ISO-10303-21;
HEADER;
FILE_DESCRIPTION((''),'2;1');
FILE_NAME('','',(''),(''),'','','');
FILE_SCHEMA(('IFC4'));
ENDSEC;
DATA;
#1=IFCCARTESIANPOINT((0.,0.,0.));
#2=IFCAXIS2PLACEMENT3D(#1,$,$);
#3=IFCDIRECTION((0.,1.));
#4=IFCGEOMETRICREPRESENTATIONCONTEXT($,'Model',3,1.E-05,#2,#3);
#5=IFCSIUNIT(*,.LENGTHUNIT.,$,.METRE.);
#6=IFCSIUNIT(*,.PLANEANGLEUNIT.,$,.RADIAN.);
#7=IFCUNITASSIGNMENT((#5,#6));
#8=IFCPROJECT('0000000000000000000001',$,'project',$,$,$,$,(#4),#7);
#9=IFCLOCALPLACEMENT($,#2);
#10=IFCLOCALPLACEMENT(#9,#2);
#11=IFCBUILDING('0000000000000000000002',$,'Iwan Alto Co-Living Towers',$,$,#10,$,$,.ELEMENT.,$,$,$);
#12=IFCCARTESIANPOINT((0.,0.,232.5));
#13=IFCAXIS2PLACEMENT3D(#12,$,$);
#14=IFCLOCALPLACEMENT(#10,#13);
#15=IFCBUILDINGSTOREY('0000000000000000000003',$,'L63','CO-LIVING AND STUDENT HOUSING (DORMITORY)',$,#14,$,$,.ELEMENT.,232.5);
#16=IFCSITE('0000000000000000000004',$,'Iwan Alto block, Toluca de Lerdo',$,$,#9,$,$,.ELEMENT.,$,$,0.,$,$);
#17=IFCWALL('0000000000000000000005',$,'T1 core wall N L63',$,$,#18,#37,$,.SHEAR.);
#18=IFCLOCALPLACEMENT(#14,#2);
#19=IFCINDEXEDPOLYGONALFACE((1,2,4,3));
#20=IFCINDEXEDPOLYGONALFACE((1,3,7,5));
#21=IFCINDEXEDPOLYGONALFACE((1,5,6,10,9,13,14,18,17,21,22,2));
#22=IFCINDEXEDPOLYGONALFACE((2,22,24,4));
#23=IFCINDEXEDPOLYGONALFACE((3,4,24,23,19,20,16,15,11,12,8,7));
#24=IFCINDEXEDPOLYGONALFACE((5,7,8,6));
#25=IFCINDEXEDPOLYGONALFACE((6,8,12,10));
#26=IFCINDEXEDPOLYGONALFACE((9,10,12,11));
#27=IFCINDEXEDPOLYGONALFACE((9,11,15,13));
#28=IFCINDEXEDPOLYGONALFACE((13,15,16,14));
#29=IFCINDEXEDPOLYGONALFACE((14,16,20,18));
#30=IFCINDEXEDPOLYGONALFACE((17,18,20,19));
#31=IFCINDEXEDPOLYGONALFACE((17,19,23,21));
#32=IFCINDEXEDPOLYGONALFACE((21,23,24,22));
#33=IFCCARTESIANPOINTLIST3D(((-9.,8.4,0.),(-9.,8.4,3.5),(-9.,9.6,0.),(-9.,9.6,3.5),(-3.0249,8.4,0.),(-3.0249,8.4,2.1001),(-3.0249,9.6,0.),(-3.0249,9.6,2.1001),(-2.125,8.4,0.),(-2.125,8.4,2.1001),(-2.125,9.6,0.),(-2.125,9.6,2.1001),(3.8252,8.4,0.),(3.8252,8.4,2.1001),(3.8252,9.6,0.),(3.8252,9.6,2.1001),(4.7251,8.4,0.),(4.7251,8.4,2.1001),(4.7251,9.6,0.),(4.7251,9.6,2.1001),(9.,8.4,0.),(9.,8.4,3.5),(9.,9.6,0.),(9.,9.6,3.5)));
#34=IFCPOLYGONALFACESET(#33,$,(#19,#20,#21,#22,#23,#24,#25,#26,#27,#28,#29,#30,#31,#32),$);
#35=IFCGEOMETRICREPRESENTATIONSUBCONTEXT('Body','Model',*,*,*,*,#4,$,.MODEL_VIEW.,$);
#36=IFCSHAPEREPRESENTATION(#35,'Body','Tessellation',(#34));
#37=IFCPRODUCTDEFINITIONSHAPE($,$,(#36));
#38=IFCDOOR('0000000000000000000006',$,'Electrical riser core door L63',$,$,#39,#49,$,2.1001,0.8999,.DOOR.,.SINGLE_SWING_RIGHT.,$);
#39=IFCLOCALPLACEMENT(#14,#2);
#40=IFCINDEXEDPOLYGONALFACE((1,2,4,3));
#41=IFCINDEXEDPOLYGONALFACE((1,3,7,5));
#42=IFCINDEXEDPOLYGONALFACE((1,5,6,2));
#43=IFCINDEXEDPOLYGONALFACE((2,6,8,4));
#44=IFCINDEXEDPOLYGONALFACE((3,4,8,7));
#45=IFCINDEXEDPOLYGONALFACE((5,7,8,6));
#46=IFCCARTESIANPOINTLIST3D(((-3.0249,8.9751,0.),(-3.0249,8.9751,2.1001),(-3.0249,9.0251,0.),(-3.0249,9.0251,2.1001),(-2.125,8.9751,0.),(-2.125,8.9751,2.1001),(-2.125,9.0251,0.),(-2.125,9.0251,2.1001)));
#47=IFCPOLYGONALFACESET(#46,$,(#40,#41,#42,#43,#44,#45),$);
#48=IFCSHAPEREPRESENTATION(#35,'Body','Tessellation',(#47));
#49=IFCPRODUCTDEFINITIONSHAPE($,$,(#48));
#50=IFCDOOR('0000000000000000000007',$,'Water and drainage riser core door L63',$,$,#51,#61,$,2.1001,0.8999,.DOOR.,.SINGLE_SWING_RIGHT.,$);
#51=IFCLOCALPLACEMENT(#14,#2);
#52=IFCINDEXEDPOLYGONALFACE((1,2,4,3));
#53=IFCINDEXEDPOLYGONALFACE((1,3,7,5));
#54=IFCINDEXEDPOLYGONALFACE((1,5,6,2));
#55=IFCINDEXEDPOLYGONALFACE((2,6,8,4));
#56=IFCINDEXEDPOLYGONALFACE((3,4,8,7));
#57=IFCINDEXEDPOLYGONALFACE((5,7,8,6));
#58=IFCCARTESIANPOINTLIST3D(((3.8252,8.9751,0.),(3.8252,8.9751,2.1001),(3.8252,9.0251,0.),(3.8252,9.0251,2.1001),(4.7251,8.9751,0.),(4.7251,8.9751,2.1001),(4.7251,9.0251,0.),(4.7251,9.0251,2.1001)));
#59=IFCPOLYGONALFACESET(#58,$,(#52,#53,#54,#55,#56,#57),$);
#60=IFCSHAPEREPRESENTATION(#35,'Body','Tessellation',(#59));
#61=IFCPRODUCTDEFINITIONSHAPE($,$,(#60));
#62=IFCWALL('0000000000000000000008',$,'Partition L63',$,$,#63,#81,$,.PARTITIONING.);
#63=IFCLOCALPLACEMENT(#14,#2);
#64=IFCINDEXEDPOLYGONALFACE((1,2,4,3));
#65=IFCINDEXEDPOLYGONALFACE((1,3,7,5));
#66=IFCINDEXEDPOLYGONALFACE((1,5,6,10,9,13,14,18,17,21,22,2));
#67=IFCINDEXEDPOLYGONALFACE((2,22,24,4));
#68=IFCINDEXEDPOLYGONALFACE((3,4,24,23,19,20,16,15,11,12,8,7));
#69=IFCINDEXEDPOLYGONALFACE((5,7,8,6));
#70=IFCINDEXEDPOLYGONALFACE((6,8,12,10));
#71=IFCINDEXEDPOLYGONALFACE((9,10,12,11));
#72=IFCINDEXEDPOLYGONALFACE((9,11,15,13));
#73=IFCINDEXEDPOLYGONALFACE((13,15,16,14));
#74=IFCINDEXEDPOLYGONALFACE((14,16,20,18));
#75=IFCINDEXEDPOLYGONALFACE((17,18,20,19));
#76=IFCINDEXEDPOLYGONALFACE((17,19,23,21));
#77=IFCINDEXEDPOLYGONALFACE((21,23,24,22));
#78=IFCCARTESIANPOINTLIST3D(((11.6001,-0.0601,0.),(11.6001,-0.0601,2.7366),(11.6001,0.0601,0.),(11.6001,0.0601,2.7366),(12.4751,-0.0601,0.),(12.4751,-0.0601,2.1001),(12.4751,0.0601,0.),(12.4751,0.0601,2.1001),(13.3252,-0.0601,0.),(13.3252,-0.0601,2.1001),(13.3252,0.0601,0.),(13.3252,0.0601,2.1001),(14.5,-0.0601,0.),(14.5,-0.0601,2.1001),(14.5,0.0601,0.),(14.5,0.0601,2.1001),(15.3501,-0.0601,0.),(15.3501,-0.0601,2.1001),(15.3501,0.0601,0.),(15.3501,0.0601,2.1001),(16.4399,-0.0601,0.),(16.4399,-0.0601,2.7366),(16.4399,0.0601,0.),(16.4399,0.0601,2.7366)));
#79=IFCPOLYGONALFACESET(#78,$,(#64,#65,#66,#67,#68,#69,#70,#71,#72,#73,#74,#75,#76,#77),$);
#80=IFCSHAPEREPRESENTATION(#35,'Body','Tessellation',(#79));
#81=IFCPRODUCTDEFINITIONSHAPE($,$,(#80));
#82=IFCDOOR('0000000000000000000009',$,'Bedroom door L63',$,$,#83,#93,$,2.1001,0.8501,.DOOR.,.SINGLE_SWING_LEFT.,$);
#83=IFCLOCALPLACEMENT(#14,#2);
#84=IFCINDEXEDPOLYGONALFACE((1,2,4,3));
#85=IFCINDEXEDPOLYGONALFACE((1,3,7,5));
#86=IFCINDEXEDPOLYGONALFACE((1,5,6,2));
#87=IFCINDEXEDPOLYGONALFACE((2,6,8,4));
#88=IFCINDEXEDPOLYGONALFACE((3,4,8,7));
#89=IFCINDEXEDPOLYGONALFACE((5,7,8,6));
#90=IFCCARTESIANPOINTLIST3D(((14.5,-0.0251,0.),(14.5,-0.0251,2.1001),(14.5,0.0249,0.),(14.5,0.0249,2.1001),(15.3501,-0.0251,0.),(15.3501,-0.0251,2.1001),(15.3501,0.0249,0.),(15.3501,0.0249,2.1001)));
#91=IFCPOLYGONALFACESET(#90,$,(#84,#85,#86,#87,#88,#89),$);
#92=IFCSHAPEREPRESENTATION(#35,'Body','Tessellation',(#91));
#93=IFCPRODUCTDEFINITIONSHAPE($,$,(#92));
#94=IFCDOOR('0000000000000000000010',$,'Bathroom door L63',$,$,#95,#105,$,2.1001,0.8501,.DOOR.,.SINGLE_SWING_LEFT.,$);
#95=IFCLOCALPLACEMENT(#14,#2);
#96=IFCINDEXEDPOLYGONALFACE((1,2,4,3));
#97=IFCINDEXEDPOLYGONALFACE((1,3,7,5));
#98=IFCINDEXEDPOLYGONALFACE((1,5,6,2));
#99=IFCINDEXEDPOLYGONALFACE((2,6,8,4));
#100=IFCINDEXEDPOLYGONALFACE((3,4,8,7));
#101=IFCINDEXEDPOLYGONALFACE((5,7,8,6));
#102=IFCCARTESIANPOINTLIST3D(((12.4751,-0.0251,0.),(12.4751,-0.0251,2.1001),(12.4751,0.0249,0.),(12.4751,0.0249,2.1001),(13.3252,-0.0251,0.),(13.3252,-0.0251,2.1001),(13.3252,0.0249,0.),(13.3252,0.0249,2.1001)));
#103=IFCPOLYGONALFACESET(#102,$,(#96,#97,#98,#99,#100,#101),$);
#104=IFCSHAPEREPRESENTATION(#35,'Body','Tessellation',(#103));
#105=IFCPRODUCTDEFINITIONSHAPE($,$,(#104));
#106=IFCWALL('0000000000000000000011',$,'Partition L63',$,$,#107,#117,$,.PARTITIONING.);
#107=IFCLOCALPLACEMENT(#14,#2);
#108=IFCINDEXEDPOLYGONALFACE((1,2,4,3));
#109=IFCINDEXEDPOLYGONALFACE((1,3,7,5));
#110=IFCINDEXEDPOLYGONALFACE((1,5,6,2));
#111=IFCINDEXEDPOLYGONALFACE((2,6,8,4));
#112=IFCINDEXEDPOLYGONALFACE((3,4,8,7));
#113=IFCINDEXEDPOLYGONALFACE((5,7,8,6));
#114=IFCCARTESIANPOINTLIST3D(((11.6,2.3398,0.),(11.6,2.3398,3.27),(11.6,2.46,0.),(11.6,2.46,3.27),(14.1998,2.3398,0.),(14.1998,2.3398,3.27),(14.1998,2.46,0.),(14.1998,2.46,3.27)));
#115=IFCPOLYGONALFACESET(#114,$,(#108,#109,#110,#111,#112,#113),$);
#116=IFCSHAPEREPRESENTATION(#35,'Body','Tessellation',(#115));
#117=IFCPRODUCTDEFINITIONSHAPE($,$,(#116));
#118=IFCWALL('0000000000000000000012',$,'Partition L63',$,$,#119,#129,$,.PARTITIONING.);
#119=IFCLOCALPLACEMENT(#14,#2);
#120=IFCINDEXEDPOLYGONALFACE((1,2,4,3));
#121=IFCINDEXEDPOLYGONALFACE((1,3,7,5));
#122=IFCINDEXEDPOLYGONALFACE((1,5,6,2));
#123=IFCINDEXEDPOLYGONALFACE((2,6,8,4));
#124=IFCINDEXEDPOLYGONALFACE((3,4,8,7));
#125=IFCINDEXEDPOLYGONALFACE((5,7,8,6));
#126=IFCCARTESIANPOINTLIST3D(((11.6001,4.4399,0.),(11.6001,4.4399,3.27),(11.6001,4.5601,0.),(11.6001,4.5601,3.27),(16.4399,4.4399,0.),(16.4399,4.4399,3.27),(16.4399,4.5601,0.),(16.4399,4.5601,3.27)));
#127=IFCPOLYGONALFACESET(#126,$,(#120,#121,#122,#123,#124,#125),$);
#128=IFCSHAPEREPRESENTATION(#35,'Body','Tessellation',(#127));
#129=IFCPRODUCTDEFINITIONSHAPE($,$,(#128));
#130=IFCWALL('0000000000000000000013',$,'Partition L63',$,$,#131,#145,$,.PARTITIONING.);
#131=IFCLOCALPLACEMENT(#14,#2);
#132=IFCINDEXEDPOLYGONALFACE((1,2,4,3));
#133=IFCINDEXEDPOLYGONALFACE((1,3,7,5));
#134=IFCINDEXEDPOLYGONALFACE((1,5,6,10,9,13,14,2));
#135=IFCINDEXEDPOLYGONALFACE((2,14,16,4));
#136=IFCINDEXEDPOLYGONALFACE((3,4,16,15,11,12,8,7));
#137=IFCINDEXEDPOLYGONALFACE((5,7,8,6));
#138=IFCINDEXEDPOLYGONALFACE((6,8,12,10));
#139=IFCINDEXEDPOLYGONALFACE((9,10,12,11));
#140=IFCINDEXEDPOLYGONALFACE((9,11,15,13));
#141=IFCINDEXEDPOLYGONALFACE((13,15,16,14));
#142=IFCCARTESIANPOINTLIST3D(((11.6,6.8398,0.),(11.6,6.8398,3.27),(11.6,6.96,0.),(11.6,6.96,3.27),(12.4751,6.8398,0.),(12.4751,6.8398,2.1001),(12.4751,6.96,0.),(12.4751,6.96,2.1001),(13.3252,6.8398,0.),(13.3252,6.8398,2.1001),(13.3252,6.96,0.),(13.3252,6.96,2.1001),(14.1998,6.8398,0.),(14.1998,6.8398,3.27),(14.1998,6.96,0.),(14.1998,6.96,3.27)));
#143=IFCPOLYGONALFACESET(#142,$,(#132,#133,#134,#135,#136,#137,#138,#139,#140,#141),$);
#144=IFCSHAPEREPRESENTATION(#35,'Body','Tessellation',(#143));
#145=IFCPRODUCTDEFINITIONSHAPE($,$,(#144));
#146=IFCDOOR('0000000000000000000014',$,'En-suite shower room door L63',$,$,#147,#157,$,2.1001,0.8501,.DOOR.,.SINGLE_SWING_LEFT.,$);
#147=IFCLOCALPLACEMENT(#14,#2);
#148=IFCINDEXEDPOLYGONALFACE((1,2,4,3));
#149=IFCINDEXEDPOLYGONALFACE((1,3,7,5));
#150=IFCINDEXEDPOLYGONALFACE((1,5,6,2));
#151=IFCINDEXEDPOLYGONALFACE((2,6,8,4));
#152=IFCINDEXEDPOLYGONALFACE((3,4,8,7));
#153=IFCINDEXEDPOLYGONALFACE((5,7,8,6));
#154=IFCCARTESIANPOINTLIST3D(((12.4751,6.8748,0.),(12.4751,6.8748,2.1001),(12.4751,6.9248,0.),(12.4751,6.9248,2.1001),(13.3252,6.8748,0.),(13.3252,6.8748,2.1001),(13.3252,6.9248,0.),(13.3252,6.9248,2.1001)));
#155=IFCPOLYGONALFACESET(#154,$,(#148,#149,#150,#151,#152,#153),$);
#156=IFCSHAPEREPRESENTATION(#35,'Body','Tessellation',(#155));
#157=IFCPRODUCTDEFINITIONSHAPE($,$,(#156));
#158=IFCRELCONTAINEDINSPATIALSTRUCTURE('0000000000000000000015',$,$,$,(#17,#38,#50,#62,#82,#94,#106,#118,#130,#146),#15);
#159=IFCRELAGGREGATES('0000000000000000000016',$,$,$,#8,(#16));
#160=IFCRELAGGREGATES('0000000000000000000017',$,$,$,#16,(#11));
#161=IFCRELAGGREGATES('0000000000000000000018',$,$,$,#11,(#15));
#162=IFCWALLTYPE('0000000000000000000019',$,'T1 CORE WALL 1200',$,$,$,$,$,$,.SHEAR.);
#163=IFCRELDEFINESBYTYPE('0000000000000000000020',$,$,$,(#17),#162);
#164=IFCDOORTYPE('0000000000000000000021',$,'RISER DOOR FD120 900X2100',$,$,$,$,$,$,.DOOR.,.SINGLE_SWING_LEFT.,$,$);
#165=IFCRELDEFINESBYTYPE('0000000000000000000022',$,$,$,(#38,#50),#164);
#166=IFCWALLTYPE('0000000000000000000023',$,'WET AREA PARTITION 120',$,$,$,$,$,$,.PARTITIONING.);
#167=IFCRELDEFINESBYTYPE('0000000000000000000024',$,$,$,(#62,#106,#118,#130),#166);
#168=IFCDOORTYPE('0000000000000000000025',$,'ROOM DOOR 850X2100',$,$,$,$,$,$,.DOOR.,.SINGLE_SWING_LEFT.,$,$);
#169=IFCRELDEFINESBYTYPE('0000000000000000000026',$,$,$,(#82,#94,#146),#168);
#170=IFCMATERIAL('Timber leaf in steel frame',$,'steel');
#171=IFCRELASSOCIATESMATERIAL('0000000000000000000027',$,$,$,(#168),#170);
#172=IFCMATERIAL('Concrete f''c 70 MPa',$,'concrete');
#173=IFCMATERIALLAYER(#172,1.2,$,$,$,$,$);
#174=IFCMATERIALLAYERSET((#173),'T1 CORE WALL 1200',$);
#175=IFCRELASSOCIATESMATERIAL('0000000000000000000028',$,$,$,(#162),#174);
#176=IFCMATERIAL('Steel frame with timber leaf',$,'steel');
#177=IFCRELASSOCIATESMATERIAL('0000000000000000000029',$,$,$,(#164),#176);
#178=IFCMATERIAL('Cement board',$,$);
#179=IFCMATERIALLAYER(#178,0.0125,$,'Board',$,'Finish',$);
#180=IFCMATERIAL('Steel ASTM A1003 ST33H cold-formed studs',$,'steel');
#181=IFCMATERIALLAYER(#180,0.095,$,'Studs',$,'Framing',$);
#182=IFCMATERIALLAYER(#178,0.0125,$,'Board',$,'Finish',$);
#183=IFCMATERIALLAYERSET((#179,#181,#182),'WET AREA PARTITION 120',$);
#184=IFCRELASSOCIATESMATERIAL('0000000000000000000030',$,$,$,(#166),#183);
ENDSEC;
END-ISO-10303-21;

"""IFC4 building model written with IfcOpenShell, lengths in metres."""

from ifc_helpers import new_model, si_unit, direction, frame, frame_2d, origin, place, context, subcontext, project, spatial, rectangle, extrude, material, layer, layer_set, type_object, element, fill, save


model = new_model("IFC4")

# Units and contexts
model_context = context("Model", 3, precision=1e-05, world=origin(), true_north=direction((0.0, 1.0)))
body_context = subcontext(model_context, "Body", "Model", "MODEL_VIEW")
ifc_project = project(units=[si_unit("LENGTHUNIT", "METRE"), si_unit("PLANEANGLEUNIT", "RADIAN")], contexts=[model_context])

# Site, building, storey
site_placement = place(None, origin())
site = spatial("IfcSite", under=ifc_project, at=site_placement, Name="Iwan Alto block, Toluca de Lerdo", CompositionType="ELEMENT", RefElevation=0.0)
building_placement = place(site_placement, origin())
building = spatial("IfcBuilding", under=site, at=building_placement, Name="Iwan Alto Co-Living Towers", CompositionType="ELEMENT")
storey_placement = place(building_placement, frame((0.0, 0.0, 232.5)))
storey = spatial("IfcBuildingStorey", under=building, at=storey_placement, Name="L63", Description="CO-LIVING AND STUDENT HOUSING (DORMITORY)", CompositionType="ELEMENT", Elevation=232.5)

# Shared definitions
ifc_material_1 = material(Name="Steel ASTM A1003 ST33H cold-formed studs", Category="steel")

# Shared definitions
ifc_material_2 = material(Name="Timber leaf in steel frame", Category="steel")
door_type_1 = type_object("IfcDoorType", Name="ROOM DOOR 850X2100", OperationType="SINGLE_SWING_LEFT", PredefinedType="DOOR", material=ifc_material_2)

# Walls, openings, doors
ifc_material_3 = material(Name="Concrete f'c 70 MPa", Category="concrete")
ifc_layer_1 = layer(ifc_material_3, 1.2)
ifc_layer_set_1 = layer_set([ifc_layer_1], Name="T1 CORE WALL 1200")
wall_type_1 = type_object("IfcWallType", Name="T1 CORE WALL 1200", PredefinedType="SHEAR", material=ifc_layer_set_1)
wall_1_placement = place(storey_placement, frame((9.0, 9.0, 0.0), z_axis=(0.0, 0.0, 1.0), x_axis=(-1.0, 0.0, 0.0)))
wall_1 = element("IfcWall", 1, at=wall_1_placement, inside=storey, type_object=wall_type_1, Name="T1 core wall N L63", PredefinedType="SHEAR", context=body_context, shape_type="SweptSolid", body=[
    extrude(rectangle(XDim=18.0, YDim=1.2, at=frame_2d((9.0, 0.0))), origin(), (0.0, 0.0, 1.0), 3.5),
])
opening_1_placement = place(wall_1_placement, frame((11.125, 0.0, 0.0)))
opening_1 = element("IfcOpeningElement", 2, at=opening_1_placement, cuts=wall_1, PredefinedType="OPENING", context=body_context, shape_type="SweptSolid", body=[
    extrude(rectangle(XDim=0.8999, YDim=2.1001, at=frame_2d((0.45, 1.05))), frame((0.0, 0.6099, 0.0), z_axis=(0.0, -1.0, 0.0), x_axis=(1.0, 0.0, 0.0)), (0.0, 0.0, 1.0), 1.22),
])
opening_2_placement = place(wall_1_placement, frame((4.2749, 0.0, 0.0)))
opening_2 = element("IfcOpeningElement", 3, at=opening_2_placement, cuts=wall_1, PredefinedType="OPENING", context=body_context, shape_type="SweptSolid", body=[
    extrude(rectangle(XDim=0.8999, YDim=2.1001, at=frame_2d((0.45, 1.05))), frame((0.0, 0.6099, 0.0), z_axis=(0.0, -1.0, 0.0), x_axis=(1.0, 0.0, 0.0)), (0.0, 0.0, 1.0), 1.22),
])
ifc_material_4 = material(Name="Steel frame with timber leaf", Category="steel")
door_type_2 = type_object("IfcDoorType", Name="RISER DOOR FD120 900X2100", OperationType="SINGLE_SWING_LEFT", PredefinedType="DOOR", material=ifc_material_4)
door_1_placement = place(opening_1_placement, origin())
door_1 = element("IfcDoor", 4, at=door_1_placement, inside=storey, type_object=door_type_2, Name="Electrical riser core door L63", OperationType="SINGLE_SWING_RIGHT", OverallHeight=2.1001, OverallWidth=0.8999, PredefinedType="DOOR", context=body_context, shape_type="SweptSolid", body=[
    extrude(rectangle(XDim=0.8999, YDim=2.1001, at=frame_2d((0.45, 1.05))), frame((0.0, 0.0249, 0.0), z_axis=(0.0, -1.0, 0.0), x_axis=(1.0, 0.0, 0.0)), (0.0, 0.0, 1.0), 0.05),
])
fill(opening_1, door_1)
door_2_placement = place(opening_2_placement, origin())
door_2 = element("IfcDoor", 5, at=door_2_placement, inside=storey, type_object=door_type_2, Name="Water and drainage riser core door L63", OperationType="SINGLE_SWING_RIGHT", OverallHeight=2.1001, OverallWidth=0.8999, PredefinedType="DOOR", context=body_context, shape_type="SweptSolid", body=[
    extrude(rectangle(XDim=0.8999, YDim=2.1001, at=frame_2d((0.45, 1.05))), frame((0.0, 0.0249, 0.0), z_axis=(0.0, -1.0, 0.0), x_axis=(1.0, 0.0, 0.0)), (0.0, 0.0, 1.0), 0.05),
])
fill(opening_2, door_2)
ifc_material_5 = material(Name="Cement board")
ifc_layer_2 = layer(ifc_material_5, 0.0125, Name="Board", Category="Finish")
ifc_layer_3 = layer(ifc_material_1, 0.095, Name="Studs", Category="Framing")
ifc_layer_4 = layer(ifc_material_5, 0.0125, Name="Board", Category="Finish")
ifc_layer_set_2 = layer_set([ifc_layer_2, ifc_layer_3, ifc_layer_4], Name="WET AREA PARTITION 120")
wall_type_2 = type_object("IfcWallType", Name="WET AREA PARTITION 120", PredefinedType="PARTITIONING", material=ifc_layer_set_2)
wall_2_placement = place(storey_placement, frame((11.6001, 0.0, 0.0), z_axis=(0.0, 0.0, 1.0), x_axis=(1.0, 0.0, 0.0)))
wall_2 = element("IfcWall", 6, at=wall_2_placement, inside=storey, type_object=wall_type_2, Name="Partition L63", PredefinedType="PARTITIONING", context=body_context, shape_type="SweptSolid", body=[
    extrude(rectangle(XDim=4.8398, YDim=0.1201, at=frame_2d((2.4199, 0.0))), origin(), (0.0, 0.0, 1.0), 2.7366),
])
opening_3_placement = place(wall_2_placement, frame((2.8999, 0.0, 0.0)))
opening_3 = element("IfcOpeningElement", 7, at=opening_3_placement, cuts=wall_2, PredefinedType="OPENING", context=body_context, shape_type="SweptSolid", body=[
    extrude(rectangle(XDim=0.8501, YDim=2.1001, at=frame_2d((0.425, 1.05))), frame((0.0, 0.0701, 0.0), z_axis=(0.0, -1.0, 0.0), x_axis=(1.0, 0.0, 0.0)), (0.0, 0.0, 1.0), 0.1401),
])
opening_4_placement = place(wall_2_placement, frame((0.875, 0.0, 0.0)))
opening_4 = element("IfcOpeningElement", 8, at=opening_4_placement, cuts=wall_2, PredefinedType="OPENING", context=body_context, shape_type="SweptSolid", body=[
    extrude(rectangle(XDim=0.8501, YDim=2.1001, at=frame_2d((0.425, 1.05))), frame((0.0, 0.0701, 0.0), z_axis=(0.0, -1.0, 0.0), x_axis=(1.0, 0.0, 0.0)), (0.0, 0.0, 1.0), 0.1401),
])
door_3_placement = place(opening_3_placement, origin())
door_3 = element("IfcDoor", 9, at=door_3_placement, inside=storey, type_object=door_type_1, Name="Bedroom door L63", OperationType="SINGLE_SWING_LEFT", OverallHeight=2.1001, OverallWidth=0.8501, PredefinedType="DOOR", context=body_context, shape_type="SweptSolid", body=[
    extrude(rectangle(XDim=0.8501, YDim=2.1001, at=frame_2d((0.425, 1.05))), frame((0.0, 0.0249, 0.0), z_axis=(0.0, -1.0, 0.0), x_axis=(1.0, 0.0, 0.0)), (0.0, 0.0, 1.0), 0.05),
])
fill(opening_3, door_3)
door_4_placement = place(opening_4_placement, origin())
door_4 = element("IfcDoor", 10, at=door_4_placement, inside=storey, type_object=door_type_1, Name="Bathroom door L63", OperationType="SINGLE_SWING_LEFT", OverallHeight=2.1001, OverallWidth=0.8501, PredefinedType="DOOR", context=body_context, shape_type="SweptSolid", body=[
    extrude(rectangle(XDim=0.8501, YDim=2.1001, at=frame_2d((0.425, 1.05))), frame((0.0, 0.0249, 0.0), z_axis=(0.0, -1.0, 0.0), x_axis=(1.0, 0.0, 0.0)), (0.0, 0.0, 1.0), 0.05),
])
fill(opening_4, door_4)

# Walls
wall_3_placement = place(storey_placement, frame((11.6001, 2.3999, 0.0), z_axis=(0.0, 0.0, 1.0), x_axis=(1.0, 0.0, 0.0)))
element("IfcWall", 11, at=wall_3_placement, inside=storey, type_object=wall_type_2, Name="Partition L63", PredefinedType="PARTITIONING", context=body_context, shape_type="SweptSolid", body=[
    extrude(rectangle(XDim=2.5999, YDim=0.1201, at=frame_2d((1.2998, 0.0))), origin(), (0.0, 0.0, 1.0), 3.27),
])
wall_4_placement = place(storey_placement, frame((11.6001, 4.5, 0.0), z_axis=(0.0, 0.0, 1.0), x_axis=(1.0, 0.0, 0.0)))
element("IfcWall", 12, at=wall_4_placement, inside=storey, type_object=wall_type_2, Name="Partition L63", PredefinedType="PARTITIONING", context=body_context, shape_type="SweptSolid", body=[
    extrude(rectangle(XDim=4.8398, YDim=0.1201, at=frame_2d((2.4199, 0.0))), origin(), (0.0, 0.0, 1.0), 3.27),
])

# Wall, opening, door
wall_5_placement = place(storey_placement, frame((11.6001, 6.8999, 0.0), z_axis=(0.0, 0.0, 1.0), x_axis=(1.0, 0.0, 0.0)))
wall_5 = element("IfcWall", 13, at=wall_5_placement, inside=storey, type_object=wall_type_2, Name="Partition L63", PredefinedType="PARTITIONING", context=body_context, shape_type="SweptSolid", body=[
    extrude(rectangle(XDim=2.5999, YDim=0.1201, at=frame_2d((1.2998, 0.0))), origin(), (0.0, 0.0, 1.0), 3.27),
])
opening_5_placement = place(wall_5_placement, frame((0.875, 0.0, 0.0)))
opening_5 = element("IfcOpeningElement", 14, at=opening_5_placement, cuts=wall_5, PredefinedType="OPENING", context=body_context, shape_type="SweptSolid", body=[
    extrude(rectangle(XDim=0.8501, YDim=2.1001, at=frame_2d((0.425, 1.05))), frame((0.0, 0.0701, 0.0), z_axis=(0.0, -1.0, 0.0), x_axis=(1.0, 0.0, 0.0)), (0.0, 0.0, 1.0), 0.1401),
])
door_5_placement = place(opening_5_placement, origin())
door_5 = element("IfcDoor", 15, at=door_5_placement, inside=storey, type_object=door_type_1, Name="En-suite shower room door L63", OperationType="SINGLE_SWING_LEFT", OverallHeight=2.1001, OverallWidth=0.8501, PredefinedType="DOOR", context=body_context, shape_type="SweptSolid", body=[
    extrude(rectangle(XDim=0.8501, YDim=2.1001, at=frame_2d((0.425, 1.05))), frame((0.0, 0.0249, 0.0), z_axis=(0.0, -1.0, 0.0), x_axis=(1.0, 0.0, 0.0)), (0.0, 0.0, 1.0), 0.05),
])
fill(opening_5, door_5)

save(model, "model.ifc")
